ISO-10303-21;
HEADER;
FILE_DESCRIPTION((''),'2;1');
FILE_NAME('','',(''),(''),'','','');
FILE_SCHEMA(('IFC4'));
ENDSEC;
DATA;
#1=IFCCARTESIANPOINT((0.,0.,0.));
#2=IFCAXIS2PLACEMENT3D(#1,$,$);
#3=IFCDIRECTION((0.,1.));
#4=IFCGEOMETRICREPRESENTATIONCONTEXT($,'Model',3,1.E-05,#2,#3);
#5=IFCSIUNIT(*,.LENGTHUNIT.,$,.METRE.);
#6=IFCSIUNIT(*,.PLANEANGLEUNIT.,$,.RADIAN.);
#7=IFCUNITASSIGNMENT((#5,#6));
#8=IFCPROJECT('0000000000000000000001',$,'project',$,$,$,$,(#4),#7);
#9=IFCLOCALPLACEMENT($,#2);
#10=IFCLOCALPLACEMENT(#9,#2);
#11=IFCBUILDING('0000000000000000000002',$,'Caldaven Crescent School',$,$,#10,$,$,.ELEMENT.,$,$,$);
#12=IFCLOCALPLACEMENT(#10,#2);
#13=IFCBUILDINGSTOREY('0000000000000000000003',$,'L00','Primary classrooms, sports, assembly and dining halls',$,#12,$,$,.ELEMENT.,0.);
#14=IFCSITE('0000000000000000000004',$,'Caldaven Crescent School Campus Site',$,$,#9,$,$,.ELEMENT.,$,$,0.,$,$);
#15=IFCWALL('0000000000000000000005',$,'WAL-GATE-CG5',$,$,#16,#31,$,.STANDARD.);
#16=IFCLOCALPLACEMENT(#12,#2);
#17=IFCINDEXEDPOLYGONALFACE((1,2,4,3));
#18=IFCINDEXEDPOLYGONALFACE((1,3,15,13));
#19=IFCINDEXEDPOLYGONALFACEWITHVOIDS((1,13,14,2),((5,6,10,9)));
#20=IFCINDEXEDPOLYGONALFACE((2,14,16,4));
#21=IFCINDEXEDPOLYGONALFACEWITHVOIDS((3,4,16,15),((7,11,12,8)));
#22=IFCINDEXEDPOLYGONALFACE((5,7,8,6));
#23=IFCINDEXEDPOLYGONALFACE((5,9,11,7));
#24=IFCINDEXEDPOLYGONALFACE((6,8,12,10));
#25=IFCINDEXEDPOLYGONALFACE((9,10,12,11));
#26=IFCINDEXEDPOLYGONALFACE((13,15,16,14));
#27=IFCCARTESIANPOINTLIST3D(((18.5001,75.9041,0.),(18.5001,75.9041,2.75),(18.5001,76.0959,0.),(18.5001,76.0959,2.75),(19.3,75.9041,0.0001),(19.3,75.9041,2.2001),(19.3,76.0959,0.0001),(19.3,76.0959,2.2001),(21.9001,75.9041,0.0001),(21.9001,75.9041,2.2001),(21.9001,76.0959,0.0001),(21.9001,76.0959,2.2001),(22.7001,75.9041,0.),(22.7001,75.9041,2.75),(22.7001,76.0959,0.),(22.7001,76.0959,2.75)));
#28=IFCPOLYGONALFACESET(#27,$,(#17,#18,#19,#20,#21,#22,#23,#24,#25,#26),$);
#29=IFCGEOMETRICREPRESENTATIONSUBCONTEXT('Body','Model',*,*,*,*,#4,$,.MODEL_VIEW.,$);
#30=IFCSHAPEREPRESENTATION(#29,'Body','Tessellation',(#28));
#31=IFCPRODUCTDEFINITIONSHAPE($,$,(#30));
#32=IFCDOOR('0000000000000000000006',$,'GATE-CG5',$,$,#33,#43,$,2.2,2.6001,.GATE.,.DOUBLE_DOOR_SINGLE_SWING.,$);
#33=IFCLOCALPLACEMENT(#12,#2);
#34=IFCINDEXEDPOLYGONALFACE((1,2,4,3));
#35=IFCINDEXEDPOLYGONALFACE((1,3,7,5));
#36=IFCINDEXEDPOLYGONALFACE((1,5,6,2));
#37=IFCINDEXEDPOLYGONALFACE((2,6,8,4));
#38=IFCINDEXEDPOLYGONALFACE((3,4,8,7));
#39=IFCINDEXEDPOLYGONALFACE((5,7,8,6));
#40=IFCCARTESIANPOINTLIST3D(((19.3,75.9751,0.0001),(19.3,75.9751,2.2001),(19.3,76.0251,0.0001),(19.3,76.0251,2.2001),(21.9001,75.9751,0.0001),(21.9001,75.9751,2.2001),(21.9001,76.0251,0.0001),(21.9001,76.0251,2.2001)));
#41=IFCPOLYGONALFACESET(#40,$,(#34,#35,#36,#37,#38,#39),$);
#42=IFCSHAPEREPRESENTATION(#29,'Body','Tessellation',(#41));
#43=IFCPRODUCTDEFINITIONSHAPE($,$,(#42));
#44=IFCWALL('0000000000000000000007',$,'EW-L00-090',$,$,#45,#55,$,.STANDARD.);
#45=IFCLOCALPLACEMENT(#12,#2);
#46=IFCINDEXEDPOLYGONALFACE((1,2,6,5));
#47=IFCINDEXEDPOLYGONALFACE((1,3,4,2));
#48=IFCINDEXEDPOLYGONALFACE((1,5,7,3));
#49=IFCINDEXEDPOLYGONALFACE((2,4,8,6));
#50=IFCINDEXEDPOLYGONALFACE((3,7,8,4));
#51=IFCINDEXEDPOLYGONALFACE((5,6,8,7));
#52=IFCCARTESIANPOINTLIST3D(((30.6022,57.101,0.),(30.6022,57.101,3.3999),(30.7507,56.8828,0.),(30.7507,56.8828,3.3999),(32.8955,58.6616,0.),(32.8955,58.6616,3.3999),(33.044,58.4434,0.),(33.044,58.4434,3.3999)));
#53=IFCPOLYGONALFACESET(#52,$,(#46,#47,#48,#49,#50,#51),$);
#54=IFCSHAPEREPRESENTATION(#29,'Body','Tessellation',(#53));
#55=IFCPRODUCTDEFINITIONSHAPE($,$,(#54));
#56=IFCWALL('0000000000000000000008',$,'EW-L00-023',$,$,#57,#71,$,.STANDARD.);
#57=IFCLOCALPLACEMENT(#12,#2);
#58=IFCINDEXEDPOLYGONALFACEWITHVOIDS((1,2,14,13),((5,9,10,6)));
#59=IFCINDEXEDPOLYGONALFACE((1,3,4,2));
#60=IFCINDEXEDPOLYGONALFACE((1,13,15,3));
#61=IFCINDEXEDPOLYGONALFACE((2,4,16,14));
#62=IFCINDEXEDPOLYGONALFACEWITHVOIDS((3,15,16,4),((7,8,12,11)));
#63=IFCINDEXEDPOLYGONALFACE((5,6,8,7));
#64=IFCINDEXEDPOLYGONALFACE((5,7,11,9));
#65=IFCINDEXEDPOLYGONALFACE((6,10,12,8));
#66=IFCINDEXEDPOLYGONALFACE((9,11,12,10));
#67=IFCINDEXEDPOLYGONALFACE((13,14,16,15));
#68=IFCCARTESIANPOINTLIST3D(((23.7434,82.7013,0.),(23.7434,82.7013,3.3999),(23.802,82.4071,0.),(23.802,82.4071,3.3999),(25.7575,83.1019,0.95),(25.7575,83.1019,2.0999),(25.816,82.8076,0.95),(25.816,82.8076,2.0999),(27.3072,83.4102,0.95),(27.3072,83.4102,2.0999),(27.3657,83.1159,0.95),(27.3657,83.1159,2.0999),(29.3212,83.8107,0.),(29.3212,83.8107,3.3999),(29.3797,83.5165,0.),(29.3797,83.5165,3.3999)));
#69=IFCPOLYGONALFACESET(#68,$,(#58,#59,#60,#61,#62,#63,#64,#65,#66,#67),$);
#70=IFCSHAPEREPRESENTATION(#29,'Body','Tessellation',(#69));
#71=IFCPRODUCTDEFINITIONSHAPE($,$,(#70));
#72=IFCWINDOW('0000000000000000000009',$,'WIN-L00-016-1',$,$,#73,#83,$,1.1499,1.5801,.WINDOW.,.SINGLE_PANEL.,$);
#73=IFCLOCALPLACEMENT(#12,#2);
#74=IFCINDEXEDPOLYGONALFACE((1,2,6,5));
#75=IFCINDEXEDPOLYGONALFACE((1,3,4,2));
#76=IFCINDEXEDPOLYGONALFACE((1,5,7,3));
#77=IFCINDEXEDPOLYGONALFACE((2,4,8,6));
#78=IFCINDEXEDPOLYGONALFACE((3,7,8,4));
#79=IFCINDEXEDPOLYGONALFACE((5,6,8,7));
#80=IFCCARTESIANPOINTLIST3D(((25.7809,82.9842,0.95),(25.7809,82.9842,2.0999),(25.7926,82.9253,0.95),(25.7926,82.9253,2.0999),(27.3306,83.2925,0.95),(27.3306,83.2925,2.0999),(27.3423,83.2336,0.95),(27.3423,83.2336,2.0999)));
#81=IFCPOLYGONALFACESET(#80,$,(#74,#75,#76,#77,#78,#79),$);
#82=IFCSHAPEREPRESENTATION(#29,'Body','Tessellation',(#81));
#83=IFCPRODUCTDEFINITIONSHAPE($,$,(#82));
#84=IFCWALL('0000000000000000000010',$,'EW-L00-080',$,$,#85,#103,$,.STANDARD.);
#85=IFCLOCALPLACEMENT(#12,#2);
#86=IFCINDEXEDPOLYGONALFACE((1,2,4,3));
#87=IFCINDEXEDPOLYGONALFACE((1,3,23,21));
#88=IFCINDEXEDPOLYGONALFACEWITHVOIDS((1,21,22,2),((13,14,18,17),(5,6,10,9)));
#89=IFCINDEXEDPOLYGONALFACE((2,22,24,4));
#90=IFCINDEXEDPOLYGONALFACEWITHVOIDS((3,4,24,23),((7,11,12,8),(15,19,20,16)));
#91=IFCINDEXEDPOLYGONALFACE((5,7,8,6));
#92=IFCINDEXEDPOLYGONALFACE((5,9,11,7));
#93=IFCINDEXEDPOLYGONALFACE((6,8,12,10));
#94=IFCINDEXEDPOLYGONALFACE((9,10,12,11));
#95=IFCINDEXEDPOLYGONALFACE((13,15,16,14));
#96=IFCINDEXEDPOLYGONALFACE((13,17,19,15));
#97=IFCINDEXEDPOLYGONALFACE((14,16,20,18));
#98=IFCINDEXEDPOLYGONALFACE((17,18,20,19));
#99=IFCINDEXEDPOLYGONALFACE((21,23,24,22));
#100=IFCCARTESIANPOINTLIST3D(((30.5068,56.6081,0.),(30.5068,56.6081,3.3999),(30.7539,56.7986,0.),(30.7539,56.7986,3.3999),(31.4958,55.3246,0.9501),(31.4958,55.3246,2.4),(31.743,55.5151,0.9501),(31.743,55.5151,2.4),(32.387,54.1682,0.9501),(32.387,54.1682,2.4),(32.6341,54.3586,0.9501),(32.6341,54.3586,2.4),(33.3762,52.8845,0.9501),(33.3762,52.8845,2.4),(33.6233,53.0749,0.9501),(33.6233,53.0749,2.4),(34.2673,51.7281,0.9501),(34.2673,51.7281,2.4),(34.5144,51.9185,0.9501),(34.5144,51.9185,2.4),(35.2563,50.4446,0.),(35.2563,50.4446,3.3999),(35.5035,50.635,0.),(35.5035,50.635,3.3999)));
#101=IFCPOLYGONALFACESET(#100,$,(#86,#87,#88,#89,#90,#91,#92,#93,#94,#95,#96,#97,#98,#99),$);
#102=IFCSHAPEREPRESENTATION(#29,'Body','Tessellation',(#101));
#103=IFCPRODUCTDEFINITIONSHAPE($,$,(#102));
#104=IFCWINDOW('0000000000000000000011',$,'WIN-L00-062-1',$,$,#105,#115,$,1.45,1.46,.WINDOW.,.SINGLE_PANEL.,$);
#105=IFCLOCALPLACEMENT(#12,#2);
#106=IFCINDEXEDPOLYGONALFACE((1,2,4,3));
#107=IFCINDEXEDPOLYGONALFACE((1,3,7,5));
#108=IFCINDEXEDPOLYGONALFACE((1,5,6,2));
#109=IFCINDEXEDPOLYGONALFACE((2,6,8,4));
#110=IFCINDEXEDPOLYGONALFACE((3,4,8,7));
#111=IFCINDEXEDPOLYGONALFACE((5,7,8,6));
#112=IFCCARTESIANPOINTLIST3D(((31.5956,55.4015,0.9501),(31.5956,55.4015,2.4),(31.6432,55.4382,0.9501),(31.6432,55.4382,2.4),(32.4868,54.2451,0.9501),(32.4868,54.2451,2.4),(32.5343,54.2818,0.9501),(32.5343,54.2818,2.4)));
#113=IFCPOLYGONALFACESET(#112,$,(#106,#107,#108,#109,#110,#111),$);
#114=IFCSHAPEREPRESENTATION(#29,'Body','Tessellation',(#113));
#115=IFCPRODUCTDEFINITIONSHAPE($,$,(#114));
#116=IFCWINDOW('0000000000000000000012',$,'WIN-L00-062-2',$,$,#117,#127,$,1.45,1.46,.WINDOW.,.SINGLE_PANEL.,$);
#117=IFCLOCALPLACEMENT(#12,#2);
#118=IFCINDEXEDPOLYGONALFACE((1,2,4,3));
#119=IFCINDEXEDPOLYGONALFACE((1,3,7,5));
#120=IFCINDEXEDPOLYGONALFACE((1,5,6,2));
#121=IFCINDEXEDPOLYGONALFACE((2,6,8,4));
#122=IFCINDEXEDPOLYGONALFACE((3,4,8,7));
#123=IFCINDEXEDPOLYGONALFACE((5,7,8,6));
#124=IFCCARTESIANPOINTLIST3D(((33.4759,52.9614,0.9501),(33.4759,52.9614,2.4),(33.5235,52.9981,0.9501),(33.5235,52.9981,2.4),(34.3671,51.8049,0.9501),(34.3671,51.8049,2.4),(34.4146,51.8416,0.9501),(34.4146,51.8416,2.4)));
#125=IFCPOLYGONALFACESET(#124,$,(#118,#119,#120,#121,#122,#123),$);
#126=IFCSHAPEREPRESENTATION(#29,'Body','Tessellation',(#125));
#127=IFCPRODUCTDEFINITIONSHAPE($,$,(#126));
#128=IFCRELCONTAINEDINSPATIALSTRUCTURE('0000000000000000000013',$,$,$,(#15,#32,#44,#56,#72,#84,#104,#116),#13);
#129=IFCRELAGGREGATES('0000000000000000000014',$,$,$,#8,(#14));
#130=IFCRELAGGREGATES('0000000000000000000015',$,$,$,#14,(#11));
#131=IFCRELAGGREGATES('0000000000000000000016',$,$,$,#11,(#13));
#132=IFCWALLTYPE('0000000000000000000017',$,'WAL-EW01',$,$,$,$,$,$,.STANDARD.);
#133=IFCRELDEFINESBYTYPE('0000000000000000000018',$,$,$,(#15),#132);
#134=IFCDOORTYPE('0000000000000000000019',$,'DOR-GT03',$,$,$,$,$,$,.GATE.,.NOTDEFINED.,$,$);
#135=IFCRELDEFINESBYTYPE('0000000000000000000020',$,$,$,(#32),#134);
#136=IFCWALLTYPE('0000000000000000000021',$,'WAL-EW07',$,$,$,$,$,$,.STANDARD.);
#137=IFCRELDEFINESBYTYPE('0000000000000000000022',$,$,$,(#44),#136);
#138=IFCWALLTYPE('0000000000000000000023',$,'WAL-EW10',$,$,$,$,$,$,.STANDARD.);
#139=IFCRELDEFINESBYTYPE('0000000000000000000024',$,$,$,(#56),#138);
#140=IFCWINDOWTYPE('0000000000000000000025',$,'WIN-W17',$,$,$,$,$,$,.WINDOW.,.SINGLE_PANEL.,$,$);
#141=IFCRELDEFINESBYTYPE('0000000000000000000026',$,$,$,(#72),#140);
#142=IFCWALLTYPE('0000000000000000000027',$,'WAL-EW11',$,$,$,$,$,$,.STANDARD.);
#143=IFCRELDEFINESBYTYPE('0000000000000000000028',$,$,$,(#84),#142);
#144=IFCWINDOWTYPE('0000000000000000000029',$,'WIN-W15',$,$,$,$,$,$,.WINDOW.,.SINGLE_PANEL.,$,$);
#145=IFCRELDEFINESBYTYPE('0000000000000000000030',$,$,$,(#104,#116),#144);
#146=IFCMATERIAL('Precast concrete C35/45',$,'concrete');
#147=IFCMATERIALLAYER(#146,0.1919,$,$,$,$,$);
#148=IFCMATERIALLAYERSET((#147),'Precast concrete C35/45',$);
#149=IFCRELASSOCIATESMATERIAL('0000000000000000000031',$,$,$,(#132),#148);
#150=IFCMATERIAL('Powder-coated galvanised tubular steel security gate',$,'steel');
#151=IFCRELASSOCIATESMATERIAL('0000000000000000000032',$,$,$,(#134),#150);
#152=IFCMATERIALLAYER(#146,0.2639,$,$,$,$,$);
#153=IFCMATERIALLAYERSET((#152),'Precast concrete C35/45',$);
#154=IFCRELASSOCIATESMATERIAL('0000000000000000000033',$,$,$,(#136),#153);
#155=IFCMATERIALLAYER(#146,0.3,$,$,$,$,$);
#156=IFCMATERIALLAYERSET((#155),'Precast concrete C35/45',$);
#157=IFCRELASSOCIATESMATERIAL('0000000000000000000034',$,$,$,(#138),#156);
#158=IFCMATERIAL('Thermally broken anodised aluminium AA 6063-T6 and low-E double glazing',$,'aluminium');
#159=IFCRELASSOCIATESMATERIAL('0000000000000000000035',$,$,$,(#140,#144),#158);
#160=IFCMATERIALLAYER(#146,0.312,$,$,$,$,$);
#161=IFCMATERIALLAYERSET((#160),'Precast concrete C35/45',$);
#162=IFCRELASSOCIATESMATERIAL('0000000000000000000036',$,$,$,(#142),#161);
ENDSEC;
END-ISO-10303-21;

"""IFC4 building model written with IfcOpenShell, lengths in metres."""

from ifc_helpers import new_model, si_unit, direction, frame, frame_2d, origin, place, context, subcontext, project, spatial, rectangle, extrude, material, layer, layer_set, type_object, element, fill, save


model = new_model("IFC4")

# Units and contexts
model_context = context("Model", 3, precision=1e-05, world=origin(), true_north=direction((0.0, 1.0)))
body_context = subcontext(model_context, "Body", "Model", "MODEL_VIEW")
ifc_project = project(units=[si_unit("LENGTHUNIT", "METRE"), si_unit("PLANEANGLEUNIT", "RADIAN")], contexts=[model_context])

# Site, building, storey
site_placement = place(None, origin())
site = spatial("IfcSite", under=ifc_project, at=site_placement, Name="Caldaven Crescent School Campus Site", CompositionType="ELEMENT", RefElevation=0.0)
building_placement = place(site_placement, origin())
building = spatial("IfcBuilding", under=site, at=building_placement, Name="Caldaven Crescent School", CompositionType="ELEMENT")
storey_placement = place(building_placement, origin())
storey = spatial("IfcBuildingStorey", under=building, at=storey_placement, Name="L00", Description="Primary classrooms, sports, assembly and dining halls", CompositionType="ELEMENT", Elevation=0.0)

# Wall, opening, door
ifc_material_1 = material(Name="Precast concrete C35/45", Category="concrete")
ifc_layer_1 = layer(ifc_material_1, 0.1919)
ifc_layer_set_1 = layer_set([ifc_layer_1], Name="Precast concrete C35/45")
wall_type_1 = type_object("IfcWallType", Name="WAL-EW01", PredefinedType="STANDARD", material=ifc_layer_set_1)
wall_1_placement = place(storey_placement, frame((18.5, 76.0, 0.0), z_axis=(0.0, 0.0, 1.0), x_axis=(1.0, 0.0, 0.0)))
wall_1 = element("IfcWall", 1, at=wall_1_placement, inside=storey, type_object=wall_type_1, Name="WAL-GATE-CG5", PredefinedType="STANDARD", context=body_context, shape_type="SweptSolid", body=[
    extrude(rectangle(XDim=4.2, YDim=0.1919, at=frame_2d((2.1001, 0.0))), origin(), (0.0, 0.0, 1.0), 2.75),
])
opening_1_placement = place(wall_1_placement, frame((0.8, 0.0, 0.0)))
opening_1 = element("IfcOpeningElement", 2, at=opening_1_placement, cuts=wall_1, PredefinedType="OPENING", context=body_context, shape_type="SweptSolid", body=[
    extrude(rectangle(XDim=2.6001, YDim=2.2, at=frame_2d((1.3, 1.1001))), frame((0.0, 0.106, 0.0), z_axis=(0.0, -1.0, 0.0), x_axis=(1.0, 0.0, 0.0)), (0.0, 0.0, 1.0), 0.2119),
])
ifc_material_2 = material(Name="Powder-coated galvanised tubular steel security gate", Category="steel")
door_type = type_object("IfcDoorType", Name="DOR-GT03", OperationType="NOTDEFINED", PredefinedType="GATE", material=ifc_material_2)
door_placement = place(opening_1_placement, frame((2.6001, 0.0, 0.0), z_axis=(0.0, 0.0, 1.0), x_axis=(-1.0, 0.0, 0.0)))
door = element("IfcDoor", 3, at=door_placement, inside=storey, type_object=door_type, Name="GATE-CG5", OperationType="DOUBLE_DOOR_SINGLE_SWING", OverallHeight=2.2, OverallWidth=2.6001, PredefinedType="GATE", context=body_context, shape_type="SweptSolid", body=[
    extrude(rectangle(XDim=2.6001, YDim=2.2, at=frame_2d((1.3, 1.1001))), frame((0.0, 0.0249, 0.0), z_axis=(0.0, -1.0, 0.0), x_axis=(1.0, 0.0, 0.0)), (0.0, 0.0, 1.0), 0.05),
])
fill(opening_1, door)

# Wall
ifc_layer_2 = layer(ifc_material_1, 0.2639)
ifc_layer_set_2 = layer_set([ifc_layer_2], Name="Precast concrete C35/45")
wall_type_2 = type_object("IfcWallType", Name="WAL-EW07", PredefinedType="STANDARD", material=ifc_layer_set_2)
wall_2_placement = place(storey_placement, frame((32.9697, 58.5525, 0.0), z_axis=(0.0, 0.0, 1.0), x_axis=(-0.826732, -0.562596, 0.0)))
element("IfcWall", 4, at=wall_2_placement, inside=storey, type_object=wall_type_2, Name="EW-L00-090", PredefinedType="STANDARD", context=body_context, shape_type="SweptSolid", body=[
    extrude(rectangle(XDim=2.7739, YDim=0.2639, at=frame_2d((1.387, 0.0))), origin(), (0.0, 0.0, 1.0), 3.3999),
])

# Wall, opening, window
ifc_layer_3 = layer(ifc_material_1, 0.3)
ifc_layer_set_3 = layer_set([ifc_layer_3], Name="Precast concrete C35/45")
wall_type_3 = type_object("IfcWallType", Name="WAL-EW10", PredefinedType="STANDARD", material=ifc_layer_set_3)
wall_3_placement = place(storey_placement, frame((23.7727, 82.5542, 0.0), z_axis=(0.0, 0.0, 1.0), x_axis=(0.980788, 0.195076, 0.0)))
wall_3 = element("IfcWall", 5, at=wall_3_placement, inside=storey, type_object=wall_type_3, Name="EW-L00-023", PredefinedType="STANDARD", context=body_context, shape_type="SweptSolid", body=[
    extrude(rectangle(XDim=5.687, YDim=0.3, at=frame_2d((2.8435, 0.0))), origin(), (0.0, 0.0, 1.0), 3.3999),
])
opening_2_placement = place(wall_3_placement, frame((2.0535, 0.0, 0.95)))
opening_2 = element("IfcOpeningElement", 6, at=opening_2_placement, cuts=wall_3, PredefinedType="OPENING", context=body_context, shape_type="SweptSolid", body=[
    extrude(rectangle(XDim=1.5801, YDim=1.1499, at=frame_2d((0.79, 0.575))), frame((0.0, 0.1599, 0.0), z_axis=(0.0, -1.0, 0.0), x_axis=(1.0, 0.0, 0.0)), (0.0, 0.0, 1.0), 0.3201),
])
ifc_material_3 = material(Name="Thermally broken anodised aluminium AA 6063-T6 and low-E double glazing", Category="aluminium")
window_type_1 = type_object("IfcWindowType", Name="WIN-W17", PartitioningType="SINGLE_PANEL", PredefinedType="WINDOW", material=ifc_material_3)
window_1_placement = place(opening_2_placement, origin())
window_1 = element("IfcWindow", 7, at=window_1_placement, inside=storey, type_object=window_type_1, Name="WIN-L00-016-1", OverallHeight=1.1499, OverallWidth=1.5801, PartitioningType="SINGLE_PANEL", PredefinedType="WINDOW", context=body_context, shape_type="SweptSolid", body=[
    extrude(rectangle(XDim=1.5801, YDim=1.1499, at=frame_2d((0.79, 0.575))), frame((0.0, 0.03, 0.0), z_axis=(0.0, -1.0, 0.0), x_axis=(1.0, 0.0, 0.0)), (0.0, 0.0, 1.0), 0.0601),
])
fill(opening_2, window_1)

# Wall, openings, windows
ifc_layer_4 = layer(ifc_material_1, 0.312)
ifc_layer_set_4 = layer_set([ifc_layer_4], Name="Precast concrete C35/45")
wall_type_4 = type_object("IfcWallType", Name="WAL-EW11", PredefinedType="STANDARD", material=ifc_layer_set_4)
wall_4_placement = place(storey_placement, frame((30.6304, 56.7034, 0.0), z_axis=(0.0, 0.0, 1.0), x_axis=(0.610381, -0.792108, 0.0)))
wall_4 = element("IfcWall", 8, at=wall_4_placement, inside=storey, type_object=wall_type_4, Name="EW-L00-080", PredefinedType="STANDARD", context=body_context, shape_type="SweptSolid", body=[
    extrude(rectangle(XDim=7.7812, YDim=0.312, at=frame_2d((3.8906, 0.0))), origin(), (0.0, 0.0, 1.0), 3.3999),
])
opening_3_placement = place(wall_4_placement, frame((1.6204, 0.0, 0.95)))
opening_3 = element("IfcOpeningElement", 9, at=opening_3_placement, cuts=wall_4, PredefinedType="OPENING", context=body_context, shape_type="SweptSolid", body=[
    extrude(rectangle(XDim=1.46, YDim=1.45, at=frame_2d((0.73, 0.7251))), frame((0.0, 0.166, 0.0), z_axis=(0.0, -1.0, 0.0), x_axis=(1.0, 0.0, 0.0)), (0.0, 0.0, 1.0), 0.332),
])
opening_4_placement = place(wall_4_placement, frame((4.7009, 0.0, 0.95)))
opening_4 = element("IfcOpeningElement", 10, at=opening_4_placement, cuts=wall_4, PredefinedType="OPENING", context=body_context, shape_type="SweptSolid", body=[
    extrude(rectangle(XDim=1.46, YDim=1.45, at=frame_2d((0.73, 0.7251))), frame((0.0, 0.166, 0.0), z_axis=(0.0, -1.0, 0.0), x_axis=(1.0, 0.0, 0.0)), (0.0, 0.0, 1.0), 0.332),
])
window_type_2 = type_object("IfcWindowType", Name="WIN-W15", PartitioningType="SINGLE_PANEL", PredefinedType="WINDOW", material=ifc_material_3)
window_2_placement = place(opening_3_placement, origin())
window_2 = element("IfcWindow", 11, at=window_2_placement, inside=storey, type_object=window_type_2, Name="WIN-L00-062-1", OverallHeight=1.45, OverallWidth=1.46, PartitioningType="SINGLE_PANEL", PredefinedType="WINDOW", context=body_context, shape_type="SweptSolid", body=[
    extrude(rectangle(XDim=1.46, YDim=1.45, at=frame_2d((0.73, 0.7251))), frame((0.0, 0.03, 0.0), z_axis=(0.0, -1.0, 0.0), x_axis=(1.0, 0.0, 0.0)), (0.0, 0.0, 1.0), 0.0601),
])
fill(opening_3, window_2)
window_3_placement = place(opening_4_placement, origin())
window_3 = element("IfcWindow", 12, at=window_3_placement, inside=storey, type_object=window_type_2, Name="WIN-L00-062-2", OverallHeight=1.45, OverallWidth=1.46, PartitioningType="SINGLE_PANEL", PredefinedType="WINDOW", context=body_context, shape_type="SweptSolid", body=[
    extrude(rectangle(XDim=1.46, YDim=1.45, at=frame_2d((0.73, 0.7251))), frame((0.0, 0.03, 0.0), z_axis=(0.0, -1.0, 0.0), x_axis=(1.0, 0.0, 0.0)), (0.0, 0.0, 1.0), 0.0601),
])
fill(opening_4, window_3)

save(model, "model.ifc")
